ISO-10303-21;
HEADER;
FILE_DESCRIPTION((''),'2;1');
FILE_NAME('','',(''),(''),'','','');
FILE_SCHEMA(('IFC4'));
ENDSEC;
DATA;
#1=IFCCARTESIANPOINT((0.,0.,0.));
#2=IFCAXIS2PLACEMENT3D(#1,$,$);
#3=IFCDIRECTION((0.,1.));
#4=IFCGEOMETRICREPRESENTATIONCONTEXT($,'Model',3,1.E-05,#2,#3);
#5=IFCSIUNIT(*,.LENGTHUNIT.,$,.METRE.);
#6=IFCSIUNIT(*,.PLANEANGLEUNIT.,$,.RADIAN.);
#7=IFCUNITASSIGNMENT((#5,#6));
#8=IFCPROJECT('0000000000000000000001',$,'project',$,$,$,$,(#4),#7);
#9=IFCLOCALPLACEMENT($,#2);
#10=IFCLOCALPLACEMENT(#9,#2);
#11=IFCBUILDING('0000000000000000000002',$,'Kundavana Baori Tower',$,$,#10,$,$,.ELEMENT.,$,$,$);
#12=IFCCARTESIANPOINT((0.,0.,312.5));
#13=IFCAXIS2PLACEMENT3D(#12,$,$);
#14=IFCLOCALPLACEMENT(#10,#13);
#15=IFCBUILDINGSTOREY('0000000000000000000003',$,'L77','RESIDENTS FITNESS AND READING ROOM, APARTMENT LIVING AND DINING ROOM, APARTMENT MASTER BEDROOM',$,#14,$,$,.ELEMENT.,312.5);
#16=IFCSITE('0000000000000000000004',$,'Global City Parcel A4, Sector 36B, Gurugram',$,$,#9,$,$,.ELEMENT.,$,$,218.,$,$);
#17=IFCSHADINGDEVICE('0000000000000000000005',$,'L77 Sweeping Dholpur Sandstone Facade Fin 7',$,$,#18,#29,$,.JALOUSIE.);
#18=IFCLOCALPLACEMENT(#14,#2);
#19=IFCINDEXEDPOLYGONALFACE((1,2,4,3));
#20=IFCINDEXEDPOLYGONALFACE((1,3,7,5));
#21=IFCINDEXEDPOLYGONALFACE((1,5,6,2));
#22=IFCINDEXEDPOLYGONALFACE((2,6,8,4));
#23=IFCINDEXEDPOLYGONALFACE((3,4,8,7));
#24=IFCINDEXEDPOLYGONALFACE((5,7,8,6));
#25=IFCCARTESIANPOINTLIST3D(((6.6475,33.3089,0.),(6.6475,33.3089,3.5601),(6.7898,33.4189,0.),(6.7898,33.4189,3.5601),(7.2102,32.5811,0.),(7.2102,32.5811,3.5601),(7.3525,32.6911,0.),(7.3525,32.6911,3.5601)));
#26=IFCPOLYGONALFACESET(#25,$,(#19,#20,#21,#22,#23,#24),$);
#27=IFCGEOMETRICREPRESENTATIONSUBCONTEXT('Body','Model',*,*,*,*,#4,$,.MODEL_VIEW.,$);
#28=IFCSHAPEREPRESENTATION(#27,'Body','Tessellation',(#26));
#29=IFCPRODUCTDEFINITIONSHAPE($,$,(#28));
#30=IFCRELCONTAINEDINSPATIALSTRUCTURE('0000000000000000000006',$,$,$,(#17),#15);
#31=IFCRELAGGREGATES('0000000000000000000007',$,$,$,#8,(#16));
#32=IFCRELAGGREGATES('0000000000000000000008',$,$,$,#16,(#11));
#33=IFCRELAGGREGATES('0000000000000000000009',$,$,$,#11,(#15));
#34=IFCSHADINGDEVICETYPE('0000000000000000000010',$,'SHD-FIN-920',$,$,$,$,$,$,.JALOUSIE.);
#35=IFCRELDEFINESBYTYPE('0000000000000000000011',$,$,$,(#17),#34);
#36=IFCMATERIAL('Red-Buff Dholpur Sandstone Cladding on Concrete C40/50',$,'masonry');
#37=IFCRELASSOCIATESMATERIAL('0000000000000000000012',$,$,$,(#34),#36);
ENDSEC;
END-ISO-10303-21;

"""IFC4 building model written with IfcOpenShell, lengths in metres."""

from ifc_helpers import new_model, si_unit, direction, frame, origin, origin_2d, place, context, subcontext, project, spatial, rectangle, extrude, material, type_object, element, save


model = new_model("IFC4")

# Units and contexts
model_context = context("Model", 3, precision=1e-05, world=origin(), true_north=direction((0.0, 1.0)))
body_context = subcontext(model_context, "Body", "Model", "MODEL_VIEW")
ifc_project = project(units=[si_unit("LENGTHUNIT", "METRE"), si_unit("PLANEANGLEUNIT", "RADIAN")], contexts=[model_context])

# Site, building, storey
site_placement = place(None, origin())
site = spatial("IfcSite", under=ifc_project, at=site_placement, Name="Global City Parcel A4, Sector 36B, Gurugram", CompositionType="ELEMENT", RefElevation=218.0)
building_placement = place(site_placement, origin())
building = spatial("IfcBuilding", under=site, at=building_placement, Name="Kundavana Baori Tower", CompositionType="ELEMENT")
storey_placement = place(building_placement, frame((0.0, 0.0, 312.5)))
storey = spatial("IfcBuildingStorey", under=building, at=storey_placement, Name="L77", Description="RESIDENTS FITNESS AND READING ROOM, APARTMENT LIVING AND DINING ROOM, APARTMENT MASTER BEDROOM", CompositionType="ELEMENT", Elevation=312.5)

# Shading device
ifc_material_1 = material(Name="Red-Buff Dholpur Sandstone Cladding on Concrete C40/50", Category="masonry")
shading_device_type = type_object("IfcShadingDeviceType", Name="SHD-FIN-920", PredefinedType="JALOUSIE", material=ifc_material_1)
shading_device_placement = place(storey_placement, frame((7.0, 33.0, 0.0), z_axis=(0.0, 0.0, 1.0), x_axis=(0.791117, 0.611665, 0.0)))
element("IfcShadingDevice", 1, at=shading_device_placement, inside=storey, type_object=shading_device_type, Name="L77 Sweeping Dholpur Sandstone Facade Fin 7", PredefinedType="JALOUSIE", context=body_context, shape_type="SweptSolid", body=[
    extrude(rectangle(XDim=0.1799, YDim=0.9199, at=origin_2d()), origin(), (0.0, 0.0, 1.0), 3.5601),
])

save(model, "model.ifc")
